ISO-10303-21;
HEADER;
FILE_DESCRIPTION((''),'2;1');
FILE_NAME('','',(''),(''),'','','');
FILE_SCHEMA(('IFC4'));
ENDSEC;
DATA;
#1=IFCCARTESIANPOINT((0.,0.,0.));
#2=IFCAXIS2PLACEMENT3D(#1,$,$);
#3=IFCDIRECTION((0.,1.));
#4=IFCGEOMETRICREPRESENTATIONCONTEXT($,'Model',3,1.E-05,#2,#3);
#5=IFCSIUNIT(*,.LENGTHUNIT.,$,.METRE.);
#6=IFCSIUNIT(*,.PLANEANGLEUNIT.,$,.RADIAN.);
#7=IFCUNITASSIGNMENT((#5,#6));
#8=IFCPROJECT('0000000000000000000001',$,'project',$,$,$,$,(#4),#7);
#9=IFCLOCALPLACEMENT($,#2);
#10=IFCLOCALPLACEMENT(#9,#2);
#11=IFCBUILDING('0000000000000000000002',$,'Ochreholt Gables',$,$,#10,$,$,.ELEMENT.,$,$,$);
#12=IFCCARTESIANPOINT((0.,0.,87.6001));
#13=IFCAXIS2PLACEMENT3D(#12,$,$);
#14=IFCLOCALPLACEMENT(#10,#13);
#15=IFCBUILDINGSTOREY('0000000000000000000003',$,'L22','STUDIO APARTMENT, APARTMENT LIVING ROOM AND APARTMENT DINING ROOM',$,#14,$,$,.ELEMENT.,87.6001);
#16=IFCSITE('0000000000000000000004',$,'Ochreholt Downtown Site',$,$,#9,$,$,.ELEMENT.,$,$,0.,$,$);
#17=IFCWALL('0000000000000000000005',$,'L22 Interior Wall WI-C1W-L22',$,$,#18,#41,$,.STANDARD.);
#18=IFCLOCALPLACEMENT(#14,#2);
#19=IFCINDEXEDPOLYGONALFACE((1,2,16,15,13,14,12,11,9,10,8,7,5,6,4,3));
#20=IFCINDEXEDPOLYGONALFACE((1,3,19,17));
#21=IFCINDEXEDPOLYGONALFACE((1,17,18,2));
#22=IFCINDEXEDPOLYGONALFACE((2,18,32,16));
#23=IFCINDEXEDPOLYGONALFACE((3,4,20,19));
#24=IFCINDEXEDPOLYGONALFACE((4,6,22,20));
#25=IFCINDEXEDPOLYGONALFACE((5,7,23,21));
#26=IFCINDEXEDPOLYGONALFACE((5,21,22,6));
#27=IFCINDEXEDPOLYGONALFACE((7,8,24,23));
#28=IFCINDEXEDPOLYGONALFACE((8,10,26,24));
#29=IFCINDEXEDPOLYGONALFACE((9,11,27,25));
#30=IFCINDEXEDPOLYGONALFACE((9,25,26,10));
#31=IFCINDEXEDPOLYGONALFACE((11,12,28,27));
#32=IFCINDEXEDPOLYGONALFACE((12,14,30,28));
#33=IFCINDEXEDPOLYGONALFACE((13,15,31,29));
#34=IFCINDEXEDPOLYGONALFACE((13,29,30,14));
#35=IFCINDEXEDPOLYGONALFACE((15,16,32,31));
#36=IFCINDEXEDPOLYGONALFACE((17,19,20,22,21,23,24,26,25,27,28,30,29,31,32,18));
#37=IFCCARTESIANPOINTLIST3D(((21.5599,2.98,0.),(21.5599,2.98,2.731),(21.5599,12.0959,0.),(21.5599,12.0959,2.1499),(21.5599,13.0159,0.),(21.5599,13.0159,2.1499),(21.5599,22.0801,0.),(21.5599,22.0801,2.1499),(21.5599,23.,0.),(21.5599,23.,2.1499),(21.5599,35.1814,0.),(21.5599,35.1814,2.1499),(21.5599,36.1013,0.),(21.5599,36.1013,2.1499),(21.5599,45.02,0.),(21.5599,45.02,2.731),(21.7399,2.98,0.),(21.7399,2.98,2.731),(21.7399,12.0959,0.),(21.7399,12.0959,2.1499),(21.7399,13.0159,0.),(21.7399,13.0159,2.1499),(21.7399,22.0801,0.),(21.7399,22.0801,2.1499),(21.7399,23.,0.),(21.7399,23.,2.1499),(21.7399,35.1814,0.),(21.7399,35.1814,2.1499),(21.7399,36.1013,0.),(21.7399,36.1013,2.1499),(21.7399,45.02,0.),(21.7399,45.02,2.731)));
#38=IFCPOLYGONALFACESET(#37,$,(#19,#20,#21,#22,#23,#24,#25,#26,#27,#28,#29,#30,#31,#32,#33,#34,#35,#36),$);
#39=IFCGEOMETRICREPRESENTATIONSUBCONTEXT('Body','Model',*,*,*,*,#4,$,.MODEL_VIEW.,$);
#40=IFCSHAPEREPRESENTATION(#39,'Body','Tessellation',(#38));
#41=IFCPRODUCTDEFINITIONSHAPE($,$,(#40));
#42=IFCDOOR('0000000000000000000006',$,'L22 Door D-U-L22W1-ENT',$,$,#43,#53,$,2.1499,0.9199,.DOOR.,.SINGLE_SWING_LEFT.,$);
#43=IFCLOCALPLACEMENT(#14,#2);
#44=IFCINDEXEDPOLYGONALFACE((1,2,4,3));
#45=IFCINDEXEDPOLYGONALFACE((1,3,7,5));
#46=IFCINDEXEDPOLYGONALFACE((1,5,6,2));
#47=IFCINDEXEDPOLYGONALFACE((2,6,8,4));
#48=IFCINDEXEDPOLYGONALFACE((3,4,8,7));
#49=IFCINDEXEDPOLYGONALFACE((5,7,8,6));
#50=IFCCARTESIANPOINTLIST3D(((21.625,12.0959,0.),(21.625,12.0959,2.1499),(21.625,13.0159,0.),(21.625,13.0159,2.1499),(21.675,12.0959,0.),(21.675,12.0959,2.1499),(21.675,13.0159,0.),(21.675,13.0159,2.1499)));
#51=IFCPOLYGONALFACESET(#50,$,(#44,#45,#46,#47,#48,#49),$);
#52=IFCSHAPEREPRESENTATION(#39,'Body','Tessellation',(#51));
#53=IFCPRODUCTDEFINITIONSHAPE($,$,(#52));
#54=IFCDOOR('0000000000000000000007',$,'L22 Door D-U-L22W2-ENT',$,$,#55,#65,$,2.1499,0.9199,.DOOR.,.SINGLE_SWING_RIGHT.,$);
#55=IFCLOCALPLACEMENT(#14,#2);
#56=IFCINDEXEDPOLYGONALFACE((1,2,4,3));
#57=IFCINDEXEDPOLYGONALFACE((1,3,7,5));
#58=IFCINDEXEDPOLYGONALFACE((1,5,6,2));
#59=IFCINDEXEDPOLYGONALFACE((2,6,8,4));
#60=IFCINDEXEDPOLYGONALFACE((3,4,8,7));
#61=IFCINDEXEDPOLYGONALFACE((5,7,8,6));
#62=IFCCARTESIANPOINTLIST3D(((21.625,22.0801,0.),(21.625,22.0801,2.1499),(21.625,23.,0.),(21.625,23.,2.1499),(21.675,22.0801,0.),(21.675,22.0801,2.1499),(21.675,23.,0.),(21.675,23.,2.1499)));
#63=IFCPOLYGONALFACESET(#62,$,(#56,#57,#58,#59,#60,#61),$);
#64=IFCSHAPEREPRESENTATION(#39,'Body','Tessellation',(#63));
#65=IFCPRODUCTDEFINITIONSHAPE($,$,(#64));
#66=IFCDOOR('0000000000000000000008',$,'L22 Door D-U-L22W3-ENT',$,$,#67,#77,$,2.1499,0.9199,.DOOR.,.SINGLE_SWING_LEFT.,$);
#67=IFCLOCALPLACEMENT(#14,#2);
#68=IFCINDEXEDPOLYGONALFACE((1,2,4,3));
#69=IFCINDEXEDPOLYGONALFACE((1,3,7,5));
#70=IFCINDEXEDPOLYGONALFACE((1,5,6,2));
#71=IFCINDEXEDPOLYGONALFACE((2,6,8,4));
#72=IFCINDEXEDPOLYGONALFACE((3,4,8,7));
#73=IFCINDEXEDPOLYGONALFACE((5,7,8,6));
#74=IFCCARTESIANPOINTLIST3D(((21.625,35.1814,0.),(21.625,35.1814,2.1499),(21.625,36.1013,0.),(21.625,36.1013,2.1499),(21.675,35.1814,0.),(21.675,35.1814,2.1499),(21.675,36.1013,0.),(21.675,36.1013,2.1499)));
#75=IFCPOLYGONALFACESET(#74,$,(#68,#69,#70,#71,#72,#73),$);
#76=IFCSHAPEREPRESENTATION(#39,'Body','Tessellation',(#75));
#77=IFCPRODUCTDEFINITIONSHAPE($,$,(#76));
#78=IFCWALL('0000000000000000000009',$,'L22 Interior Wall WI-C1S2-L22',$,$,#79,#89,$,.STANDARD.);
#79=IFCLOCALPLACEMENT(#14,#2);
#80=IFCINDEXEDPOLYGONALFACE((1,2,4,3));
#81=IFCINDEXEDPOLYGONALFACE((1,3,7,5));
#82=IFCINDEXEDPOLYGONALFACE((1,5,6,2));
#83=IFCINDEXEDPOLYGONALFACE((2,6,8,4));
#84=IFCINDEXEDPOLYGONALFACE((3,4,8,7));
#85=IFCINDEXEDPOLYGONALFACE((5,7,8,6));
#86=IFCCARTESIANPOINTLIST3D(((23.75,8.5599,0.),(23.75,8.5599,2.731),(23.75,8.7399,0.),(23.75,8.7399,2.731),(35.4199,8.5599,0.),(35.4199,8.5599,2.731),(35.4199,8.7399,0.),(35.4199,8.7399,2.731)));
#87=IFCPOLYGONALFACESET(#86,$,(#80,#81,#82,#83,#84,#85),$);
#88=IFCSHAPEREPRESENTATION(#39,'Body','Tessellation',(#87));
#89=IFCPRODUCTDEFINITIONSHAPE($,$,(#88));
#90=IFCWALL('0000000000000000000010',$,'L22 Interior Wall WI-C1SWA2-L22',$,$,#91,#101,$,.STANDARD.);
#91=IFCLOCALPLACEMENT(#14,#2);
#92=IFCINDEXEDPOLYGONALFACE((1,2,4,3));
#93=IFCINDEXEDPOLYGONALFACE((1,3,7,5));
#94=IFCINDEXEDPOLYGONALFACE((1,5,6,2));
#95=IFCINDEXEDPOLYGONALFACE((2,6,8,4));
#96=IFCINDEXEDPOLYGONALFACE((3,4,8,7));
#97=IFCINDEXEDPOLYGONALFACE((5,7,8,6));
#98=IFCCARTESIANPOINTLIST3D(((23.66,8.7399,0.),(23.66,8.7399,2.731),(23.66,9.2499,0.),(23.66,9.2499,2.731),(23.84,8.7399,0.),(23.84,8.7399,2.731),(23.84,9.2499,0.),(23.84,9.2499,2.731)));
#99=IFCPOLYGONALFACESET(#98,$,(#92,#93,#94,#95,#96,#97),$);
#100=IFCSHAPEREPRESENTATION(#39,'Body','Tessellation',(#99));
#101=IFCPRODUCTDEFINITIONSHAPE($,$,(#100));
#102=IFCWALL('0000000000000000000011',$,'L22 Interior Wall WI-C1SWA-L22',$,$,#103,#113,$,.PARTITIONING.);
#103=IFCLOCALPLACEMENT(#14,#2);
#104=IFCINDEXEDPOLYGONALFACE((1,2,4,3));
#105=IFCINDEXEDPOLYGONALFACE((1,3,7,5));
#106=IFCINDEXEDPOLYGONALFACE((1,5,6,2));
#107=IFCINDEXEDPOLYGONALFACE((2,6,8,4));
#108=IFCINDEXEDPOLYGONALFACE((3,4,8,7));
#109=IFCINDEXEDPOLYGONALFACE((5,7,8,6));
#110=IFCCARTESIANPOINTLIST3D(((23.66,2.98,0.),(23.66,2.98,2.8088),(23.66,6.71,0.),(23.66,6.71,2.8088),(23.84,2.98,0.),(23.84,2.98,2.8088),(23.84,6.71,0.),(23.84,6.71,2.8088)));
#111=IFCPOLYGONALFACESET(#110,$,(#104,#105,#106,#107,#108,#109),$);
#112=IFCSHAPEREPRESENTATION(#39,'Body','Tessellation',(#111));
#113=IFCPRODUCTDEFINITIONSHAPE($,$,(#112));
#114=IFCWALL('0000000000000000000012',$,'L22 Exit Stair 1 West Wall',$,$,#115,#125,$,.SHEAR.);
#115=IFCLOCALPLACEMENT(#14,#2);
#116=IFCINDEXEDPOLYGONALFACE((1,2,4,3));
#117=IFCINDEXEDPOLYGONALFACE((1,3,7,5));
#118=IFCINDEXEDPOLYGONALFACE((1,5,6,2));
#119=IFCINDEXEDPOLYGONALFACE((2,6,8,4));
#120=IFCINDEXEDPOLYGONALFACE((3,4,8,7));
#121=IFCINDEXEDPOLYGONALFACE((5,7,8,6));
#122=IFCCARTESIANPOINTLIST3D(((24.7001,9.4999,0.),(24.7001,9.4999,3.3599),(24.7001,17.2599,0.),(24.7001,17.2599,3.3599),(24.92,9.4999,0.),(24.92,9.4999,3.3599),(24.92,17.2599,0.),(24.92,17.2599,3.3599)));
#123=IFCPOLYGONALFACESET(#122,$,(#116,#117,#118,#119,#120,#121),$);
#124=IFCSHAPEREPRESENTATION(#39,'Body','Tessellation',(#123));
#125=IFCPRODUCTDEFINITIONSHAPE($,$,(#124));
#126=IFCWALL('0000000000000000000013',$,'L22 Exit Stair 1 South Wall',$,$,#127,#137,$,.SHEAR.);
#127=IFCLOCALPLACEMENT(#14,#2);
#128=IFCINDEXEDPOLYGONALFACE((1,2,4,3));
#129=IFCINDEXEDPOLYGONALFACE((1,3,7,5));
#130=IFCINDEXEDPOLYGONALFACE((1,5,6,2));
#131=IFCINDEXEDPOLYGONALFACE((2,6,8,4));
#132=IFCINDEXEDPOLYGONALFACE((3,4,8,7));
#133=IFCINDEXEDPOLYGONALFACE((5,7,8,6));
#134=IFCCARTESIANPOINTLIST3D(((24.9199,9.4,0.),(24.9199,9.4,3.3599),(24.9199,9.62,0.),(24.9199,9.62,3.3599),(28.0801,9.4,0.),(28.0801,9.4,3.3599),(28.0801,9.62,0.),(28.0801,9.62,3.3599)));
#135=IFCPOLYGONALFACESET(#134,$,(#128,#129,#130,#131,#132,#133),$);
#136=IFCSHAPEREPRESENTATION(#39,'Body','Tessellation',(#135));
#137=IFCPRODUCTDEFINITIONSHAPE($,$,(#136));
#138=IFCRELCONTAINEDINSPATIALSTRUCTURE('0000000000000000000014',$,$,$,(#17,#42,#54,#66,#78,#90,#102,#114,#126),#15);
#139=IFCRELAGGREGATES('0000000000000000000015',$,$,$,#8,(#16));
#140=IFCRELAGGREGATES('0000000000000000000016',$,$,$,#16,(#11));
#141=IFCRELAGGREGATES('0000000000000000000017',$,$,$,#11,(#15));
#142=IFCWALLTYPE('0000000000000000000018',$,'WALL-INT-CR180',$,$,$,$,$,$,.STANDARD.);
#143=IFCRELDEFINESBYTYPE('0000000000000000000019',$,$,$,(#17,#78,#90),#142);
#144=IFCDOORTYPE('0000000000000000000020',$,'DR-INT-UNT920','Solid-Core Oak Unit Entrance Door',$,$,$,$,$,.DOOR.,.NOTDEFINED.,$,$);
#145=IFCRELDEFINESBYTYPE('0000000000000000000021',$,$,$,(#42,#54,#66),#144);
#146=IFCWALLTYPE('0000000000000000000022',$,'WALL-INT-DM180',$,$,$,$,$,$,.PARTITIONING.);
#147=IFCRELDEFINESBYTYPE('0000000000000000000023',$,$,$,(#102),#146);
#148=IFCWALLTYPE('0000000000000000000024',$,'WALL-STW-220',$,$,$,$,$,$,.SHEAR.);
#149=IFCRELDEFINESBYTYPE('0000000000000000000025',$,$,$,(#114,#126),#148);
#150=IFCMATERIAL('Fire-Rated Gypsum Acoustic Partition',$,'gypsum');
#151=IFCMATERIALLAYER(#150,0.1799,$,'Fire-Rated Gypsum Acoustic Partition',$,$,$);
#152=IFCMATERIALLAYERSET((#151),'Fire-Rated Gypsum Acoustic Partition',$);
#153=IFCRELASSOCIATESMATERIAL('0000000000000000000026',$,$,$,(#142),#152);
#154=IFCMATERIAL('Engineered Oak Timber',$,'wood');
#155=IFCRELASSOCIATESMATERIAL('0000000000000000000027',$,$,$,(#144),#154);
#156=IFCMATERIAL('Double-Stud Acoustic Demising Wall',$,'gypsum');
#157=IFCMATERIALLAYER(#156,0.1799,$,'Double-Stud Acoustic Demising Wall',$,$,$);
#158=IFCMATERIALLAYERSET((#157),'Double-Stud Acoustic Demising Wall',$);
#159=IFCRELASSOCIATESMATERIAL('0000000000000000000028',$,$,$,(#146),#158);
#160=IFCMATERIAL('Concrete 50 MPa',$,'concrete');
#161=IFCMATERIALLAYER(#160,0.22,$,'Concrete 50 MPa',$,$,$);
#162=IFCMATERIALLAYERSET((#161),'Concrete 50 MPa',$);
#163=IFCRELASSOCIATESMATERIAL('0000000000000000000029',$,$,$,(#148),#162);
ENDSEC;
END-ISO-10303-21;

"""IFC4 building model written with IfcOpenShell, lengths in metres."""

from ifc_helpers import new_model, si_unit, direction, frame, frame_2d, origin, place, context, subcontext, project, spatial, rectangle, extrude, material, layer, layer_set, type_object, element, fill, save


model = new_model("IFC4")

# Units and contexts
model_context = context("Model", 3, precision=1e-05, world=origin(), true_north=direction((0.0, 1.0)))
body_context = subcontext(model_context, "Body", "Model", "MODEL_VIEW")
ifc_project = project(units=[si_unit("LENGTHUNIT", "METRE"), si_unit("PLANEANGLEUNIT", "RADIAN")], contexts=[model_context])

# Site, building, storey
site_placement = place(None, origin())
site = spatial("IfcSite", under=ifc_project, at=site_placement, Name="Ochreholt Downtown Site", CompositionType="ELEMENT", RefElevation=0.0)
building_placement = place(site_placement, origin())
building = spatial("IfcBuilding", under=site, at=building_placement, Name="Ochreholt Gables", CompositionType="ELEMENT")
storey_placement = place(building_placement, frame((0.0, 0.0, 87.6001)))
storey = spatial("IfcBuildingStorey", under=building, at=storey_placement, Name="L22", Description="STUDIO APARTMENT, APARTMENT LIVING ROOM AND APARTMENT DINING ROOM", CompositionType="ELEMENT", Elevation=87.6001)

# Wall, openings, doors
ifc_material_1 = material(Name="Fire-Rated Gypsum Acoustic Partition", Category="gypsum")
ifc_layer_1 = layer(ifc_material_1, 0.1799, Name="Fire-Rated Gypsum Acoustic Partition")
ifc_layer_set_1 = layer_set([ifc_layer_1], Name="Fire-Rated Gypsum Acoustic Partition")
wall_type_1 = type_object("IfcWallType", Name="WALL-INT-CR180", PredefinedType="STANDARD", material=ifc_layer_set_1)
wall_1_placement = place(storey_placement, frame((21.6499, 2.98, 0.0), z_axis=(0.0, 0.0, 1.0), x_axis=(0.0, 1.0, 0.0)))
wall_1 = element("IfcWall", 1, at=wall_1_placement, inside=storey, type_object=wall_type_1, Name="L22 Interior Wall WI-C1W-L22", PredefinedType="STANDARD", context=body_context, shape_type="SweptSolid", body=[
    extrude(rectangle(XDim=42.04, YDim=0.1799, at=frame_2d((21.02, 0.0))), origin(), (0.0, 0.0, 1.0), 2.731),
])
opening_1_placement = place(wall_1_placement, frame((9.116, 0.0, 0.0)))
opening_1 = element("IfcOpeningElement", 2, at=opening_1_placement, cuts=wall_1, PredefinedType="OPENING", context=body_context, shape_type="SweptSolid", body=[
    extrude(rectangle(XDim=0.9199, YDim=2.1499, at=frame_2d((0.46, 1.075))), frame((0.0, 0.0999, 0.0), z_axis=(0.0, -1.0, 0.0), x_axis=(1.0, 0.0, 0.0)), (0.0, 0.0, 1.0), 0.2),
])
opening_2_placement = place(wall_1_placement, frame((19.1001, 0.0, 0.0)))
opening_2 = element("IfcOpeningElement", 3, at=opening_2_placement, cuts=wall_1, PredefinedType="OPENING", context=body_context, shape_type="SweptSolid", body=[
    extrude(rectangle(XDim=0.9199, YDim=2.1499, at=frame_2d((0.46, 1.075))), frame((0.0, 0.0999, 0.0), z_axis=(0.0, -1.0, 0.0), x_axis=(1.0, 0.0, 0.0)), (0.0, 0.0, 1.0), 0.2),
])
opening_3_placement = place(wall_1_placement, frame((32.2014, 0.0, 0.0)))
opening_3 = element("IfcOpeningElement", 4, at=opening_3_placement, cuts=wall_1, PredefinedType="OPENING", context=body_context, shape_type="SweptSolid", body=[
    extrude(rectangle(XDim=0.9199, YDim=2.1499, at=frame_2d((0.46, 1.075))), frame((0.0, 0.0999, 0.0), z_axis=(0.0, -1.0, 0.0), x_axis=(1.0, 0.0, 0.0)), (0.0, 0.0, 1.0), 0.2),
])
ifc_material_2 = material(Name="Engineered Oak Timber", Category="wood")
door_type_1 = type_object("IfcDoorType", Name="DR-INT-UNT920", Description="Solid-Core Oak Unit Entrance Door", OperationType="NOTDEFINED", PredefinedType="DOOR", material=ifc_material_2)
door_1_placement = place(opening_1_placement, origin())
door_1 = element("IfcDoor", 5, at=door_1_placement, inside=storey, type_object=door_type_1, Name="L22 Door D-U-L22W1-ENT", OperationType="SINGLE_SWING_LEFT", OverallHeight=2.1499, OverallWidth=0.9199, PredefinedType="DOOR", context=body_context, shape_type="SweptSolid", body=[
    extrude(rectangle(XDim=0.9199, YDim=2.1499, at=frame_2d((0.46, 1.075))), frame((0.0, 0.0249, 0.0), z_axis=(0.0, -1.0, 0.0), x_axis=(1.0, 0.0, 0.0)), (0.0, 0.0, 1.0), 0.05),
])
fill(opening_1, door_1)
door_2_placement = place(opening_2_placement, origin())
door_2 = element("IfcDoor", 6, at=door_2_placement, inside=storey, type_object=door_type_1, Name="L22 Door D-U-L22W2-ENT", OperationType="SINGLE_SWING_RIGHT", OverallHeight=2.1499, OverallWidth=0.9199, PredefinedType="DOOR", context=body_context, shape_type="SweptSolid", body=[
    extrude(rectangle(XDim=0.9199, YDim=2.1499, at=frame_2d((0.46, 1.075))), frame((0.0, 0.0249, 0.0), z_axis=(0.0, -1.0, 0.0), x_axis=(1.0, 0.0, 0.0)), (0.0, 0.0, 1.0), 0.05),
])
fill(opening_2, door_2)
door_3_placement = place(opening_3_placement, origin())
door_3 = element("IfcDoor", 7, at=door_3_placement, inside=storey, type_object=door_type_1, Name="L22 Door D-U-L22W3-ENT", OperationType="SINGLE_SWING_LEFT", OverallHeight=2.1499, OverallWidth=0.9199, PredefinedType="DOOR", context=body_context, shape_type="SweptSolid", body=[
    extrude(rectangle(XDim=0.9199, YDim=2.1499, at=frame_2d((0.46, 1.075))), frame((0.0, 0.0249, 0.0), z_axis=(0.0, -1.0, 0.0), x_axis=(1.0, 0.0, 0.0)), (0.0, 0.0, 1.0), 0.05),
])
fill(opening_3, door_3)

# Walls
wall_2_placement = place(storey_placement, frame((23.75, 8.6499, 0.0), z_axis=(0.0, 0.0, 1.0), x_axis=(1.0, 0.0, 0.0)))
element("IfcWall", 8, at=wall_2_placement, inside=storey, type_object=wall_type_1, Name="L22 Interior Wall WI-C1S2-L22", PredefinedType="STANDARD", context=body_context, shape_type="SweptSolid", body=[
    extrude(rectangle(XDim=11.6699, YDim=0.1799, at=frame_2d((5.835, 0.0))), origin(), (0.0, 0.0, 1.0), 2.731),
])
wall_3_placement = place(storey_placement, frame((23.75, 8.74, 0.0), z_axis=(0.0, 0.0, 1.0), x_axis=(0.0, 1.0, 0.0)))
element("IfcWall", 9, at=wall_3_placement, inside=storey, type_object=wall_type_1, Name="L22 Interior Wall WI-C1SWA2-L22", PredefinedType="STANDARD", context=body_context, shape_type="SweptSolid", body=[
    extrude(rectangle(XDim=0.51, YDim=0.1799, at=frame_2d((0.2549, 0.0))), origin(), (0.0, 0.0, 1.0), 2.731),
])
ifc_material_3 = material(Name="Double-Stud Acoustic Demising Wall", Category="gypsum")
ifc_layer_2 = layer(ifc_material_3, 0.1799, Name="Double-Stud Acoustic Demising Wall")
ifc_layer_set_2 = layer_set([ifc_layer_2], Name="Double-Stud Acoustic Demising Wall")
wall_type_2 = type_object("IfcWallType", Name="WALL-INT-DM180", PredefinedType="PARTITIONING", material=ifc_layer_set_2)
wall_4_placement = place(storey_placement, frame((23.75, 2.98, 0.0), z_axis=(0.0, 0.0, 1.0), x_axis=(0.0, 1.0, 0.0)))
element("IfcWall", 10, at=wall_4_placement, inside=storey, type_object=wall_type_2, Name="L22 Interior Wall WI-C1SWA-L22", PredefinedType="PARTITIONING", context=body_context, shape_type="SweptSolid", body=[
    extrude(rectangle(XDim=3.73, YDim=0.1799, at=frame_2d((1.865, 0.0))), origin(), (0.0, 0.0, 1.0), 2.8088),
])
ifc_material_4 = material(Name="Concrete 50 MPa", Category="concrete")
ifc_layer_3 = layer(ifc_material_4, 0.22, Name="Concrete 50 MPa")
ifc_layer_set_3 = layer_set([ifc_layer_3], Name="Concrete 50 MPa")
wall_type_3 = type_object("IfcWallType", Name="WALL-STW-220", PredefinedType="SHEAR", material=ifc_layer_set_3)
wall_5_placement = place(storey_placement, frame((24.8101, 9.5, 0.0), z_axis=(0.0, 0.0, 1.0), x_axis=(0.0, 1.0, 0.0)))
element("IfcWall", 11, at=wall_5_placement, inside=storey, type_object=wall_type_3, Name="L22 Exit Stair 1 West Wall", PredefinedType="SHEAR", context=body_context, shape_type="SweptSolid", body=[
    extrude(rectangle(XDim=7.76, YDim=0.22, at=frame_2d((3.8799, 0.0))), origin(), (0.0, 0.0, 1.0), 3.3599),
])
wall_6_placement = place(storey_placement, frame((24.9199, 9.51, 0.0), z_axis=(0.0, 0.0, 1.0), x_axis=(1.0, 0.0, 0.0)))
element("IfcWall", 12, at=wall_6_placement, inside=storey, type_object=wall_type_3, Name="L22 Exit Stair 1 South Wall", PredefinedType="SHEAR", context=body_context, shape_type="SweptSolid", body=[
    extrude(rectangle(XDim=3.1602, YDim=0.22, at=frame_2d((1.5801, 0.0))), origin(), (0.0, 0.0, 1.0), 3.3599),
])

save(model, "model.ifc")
